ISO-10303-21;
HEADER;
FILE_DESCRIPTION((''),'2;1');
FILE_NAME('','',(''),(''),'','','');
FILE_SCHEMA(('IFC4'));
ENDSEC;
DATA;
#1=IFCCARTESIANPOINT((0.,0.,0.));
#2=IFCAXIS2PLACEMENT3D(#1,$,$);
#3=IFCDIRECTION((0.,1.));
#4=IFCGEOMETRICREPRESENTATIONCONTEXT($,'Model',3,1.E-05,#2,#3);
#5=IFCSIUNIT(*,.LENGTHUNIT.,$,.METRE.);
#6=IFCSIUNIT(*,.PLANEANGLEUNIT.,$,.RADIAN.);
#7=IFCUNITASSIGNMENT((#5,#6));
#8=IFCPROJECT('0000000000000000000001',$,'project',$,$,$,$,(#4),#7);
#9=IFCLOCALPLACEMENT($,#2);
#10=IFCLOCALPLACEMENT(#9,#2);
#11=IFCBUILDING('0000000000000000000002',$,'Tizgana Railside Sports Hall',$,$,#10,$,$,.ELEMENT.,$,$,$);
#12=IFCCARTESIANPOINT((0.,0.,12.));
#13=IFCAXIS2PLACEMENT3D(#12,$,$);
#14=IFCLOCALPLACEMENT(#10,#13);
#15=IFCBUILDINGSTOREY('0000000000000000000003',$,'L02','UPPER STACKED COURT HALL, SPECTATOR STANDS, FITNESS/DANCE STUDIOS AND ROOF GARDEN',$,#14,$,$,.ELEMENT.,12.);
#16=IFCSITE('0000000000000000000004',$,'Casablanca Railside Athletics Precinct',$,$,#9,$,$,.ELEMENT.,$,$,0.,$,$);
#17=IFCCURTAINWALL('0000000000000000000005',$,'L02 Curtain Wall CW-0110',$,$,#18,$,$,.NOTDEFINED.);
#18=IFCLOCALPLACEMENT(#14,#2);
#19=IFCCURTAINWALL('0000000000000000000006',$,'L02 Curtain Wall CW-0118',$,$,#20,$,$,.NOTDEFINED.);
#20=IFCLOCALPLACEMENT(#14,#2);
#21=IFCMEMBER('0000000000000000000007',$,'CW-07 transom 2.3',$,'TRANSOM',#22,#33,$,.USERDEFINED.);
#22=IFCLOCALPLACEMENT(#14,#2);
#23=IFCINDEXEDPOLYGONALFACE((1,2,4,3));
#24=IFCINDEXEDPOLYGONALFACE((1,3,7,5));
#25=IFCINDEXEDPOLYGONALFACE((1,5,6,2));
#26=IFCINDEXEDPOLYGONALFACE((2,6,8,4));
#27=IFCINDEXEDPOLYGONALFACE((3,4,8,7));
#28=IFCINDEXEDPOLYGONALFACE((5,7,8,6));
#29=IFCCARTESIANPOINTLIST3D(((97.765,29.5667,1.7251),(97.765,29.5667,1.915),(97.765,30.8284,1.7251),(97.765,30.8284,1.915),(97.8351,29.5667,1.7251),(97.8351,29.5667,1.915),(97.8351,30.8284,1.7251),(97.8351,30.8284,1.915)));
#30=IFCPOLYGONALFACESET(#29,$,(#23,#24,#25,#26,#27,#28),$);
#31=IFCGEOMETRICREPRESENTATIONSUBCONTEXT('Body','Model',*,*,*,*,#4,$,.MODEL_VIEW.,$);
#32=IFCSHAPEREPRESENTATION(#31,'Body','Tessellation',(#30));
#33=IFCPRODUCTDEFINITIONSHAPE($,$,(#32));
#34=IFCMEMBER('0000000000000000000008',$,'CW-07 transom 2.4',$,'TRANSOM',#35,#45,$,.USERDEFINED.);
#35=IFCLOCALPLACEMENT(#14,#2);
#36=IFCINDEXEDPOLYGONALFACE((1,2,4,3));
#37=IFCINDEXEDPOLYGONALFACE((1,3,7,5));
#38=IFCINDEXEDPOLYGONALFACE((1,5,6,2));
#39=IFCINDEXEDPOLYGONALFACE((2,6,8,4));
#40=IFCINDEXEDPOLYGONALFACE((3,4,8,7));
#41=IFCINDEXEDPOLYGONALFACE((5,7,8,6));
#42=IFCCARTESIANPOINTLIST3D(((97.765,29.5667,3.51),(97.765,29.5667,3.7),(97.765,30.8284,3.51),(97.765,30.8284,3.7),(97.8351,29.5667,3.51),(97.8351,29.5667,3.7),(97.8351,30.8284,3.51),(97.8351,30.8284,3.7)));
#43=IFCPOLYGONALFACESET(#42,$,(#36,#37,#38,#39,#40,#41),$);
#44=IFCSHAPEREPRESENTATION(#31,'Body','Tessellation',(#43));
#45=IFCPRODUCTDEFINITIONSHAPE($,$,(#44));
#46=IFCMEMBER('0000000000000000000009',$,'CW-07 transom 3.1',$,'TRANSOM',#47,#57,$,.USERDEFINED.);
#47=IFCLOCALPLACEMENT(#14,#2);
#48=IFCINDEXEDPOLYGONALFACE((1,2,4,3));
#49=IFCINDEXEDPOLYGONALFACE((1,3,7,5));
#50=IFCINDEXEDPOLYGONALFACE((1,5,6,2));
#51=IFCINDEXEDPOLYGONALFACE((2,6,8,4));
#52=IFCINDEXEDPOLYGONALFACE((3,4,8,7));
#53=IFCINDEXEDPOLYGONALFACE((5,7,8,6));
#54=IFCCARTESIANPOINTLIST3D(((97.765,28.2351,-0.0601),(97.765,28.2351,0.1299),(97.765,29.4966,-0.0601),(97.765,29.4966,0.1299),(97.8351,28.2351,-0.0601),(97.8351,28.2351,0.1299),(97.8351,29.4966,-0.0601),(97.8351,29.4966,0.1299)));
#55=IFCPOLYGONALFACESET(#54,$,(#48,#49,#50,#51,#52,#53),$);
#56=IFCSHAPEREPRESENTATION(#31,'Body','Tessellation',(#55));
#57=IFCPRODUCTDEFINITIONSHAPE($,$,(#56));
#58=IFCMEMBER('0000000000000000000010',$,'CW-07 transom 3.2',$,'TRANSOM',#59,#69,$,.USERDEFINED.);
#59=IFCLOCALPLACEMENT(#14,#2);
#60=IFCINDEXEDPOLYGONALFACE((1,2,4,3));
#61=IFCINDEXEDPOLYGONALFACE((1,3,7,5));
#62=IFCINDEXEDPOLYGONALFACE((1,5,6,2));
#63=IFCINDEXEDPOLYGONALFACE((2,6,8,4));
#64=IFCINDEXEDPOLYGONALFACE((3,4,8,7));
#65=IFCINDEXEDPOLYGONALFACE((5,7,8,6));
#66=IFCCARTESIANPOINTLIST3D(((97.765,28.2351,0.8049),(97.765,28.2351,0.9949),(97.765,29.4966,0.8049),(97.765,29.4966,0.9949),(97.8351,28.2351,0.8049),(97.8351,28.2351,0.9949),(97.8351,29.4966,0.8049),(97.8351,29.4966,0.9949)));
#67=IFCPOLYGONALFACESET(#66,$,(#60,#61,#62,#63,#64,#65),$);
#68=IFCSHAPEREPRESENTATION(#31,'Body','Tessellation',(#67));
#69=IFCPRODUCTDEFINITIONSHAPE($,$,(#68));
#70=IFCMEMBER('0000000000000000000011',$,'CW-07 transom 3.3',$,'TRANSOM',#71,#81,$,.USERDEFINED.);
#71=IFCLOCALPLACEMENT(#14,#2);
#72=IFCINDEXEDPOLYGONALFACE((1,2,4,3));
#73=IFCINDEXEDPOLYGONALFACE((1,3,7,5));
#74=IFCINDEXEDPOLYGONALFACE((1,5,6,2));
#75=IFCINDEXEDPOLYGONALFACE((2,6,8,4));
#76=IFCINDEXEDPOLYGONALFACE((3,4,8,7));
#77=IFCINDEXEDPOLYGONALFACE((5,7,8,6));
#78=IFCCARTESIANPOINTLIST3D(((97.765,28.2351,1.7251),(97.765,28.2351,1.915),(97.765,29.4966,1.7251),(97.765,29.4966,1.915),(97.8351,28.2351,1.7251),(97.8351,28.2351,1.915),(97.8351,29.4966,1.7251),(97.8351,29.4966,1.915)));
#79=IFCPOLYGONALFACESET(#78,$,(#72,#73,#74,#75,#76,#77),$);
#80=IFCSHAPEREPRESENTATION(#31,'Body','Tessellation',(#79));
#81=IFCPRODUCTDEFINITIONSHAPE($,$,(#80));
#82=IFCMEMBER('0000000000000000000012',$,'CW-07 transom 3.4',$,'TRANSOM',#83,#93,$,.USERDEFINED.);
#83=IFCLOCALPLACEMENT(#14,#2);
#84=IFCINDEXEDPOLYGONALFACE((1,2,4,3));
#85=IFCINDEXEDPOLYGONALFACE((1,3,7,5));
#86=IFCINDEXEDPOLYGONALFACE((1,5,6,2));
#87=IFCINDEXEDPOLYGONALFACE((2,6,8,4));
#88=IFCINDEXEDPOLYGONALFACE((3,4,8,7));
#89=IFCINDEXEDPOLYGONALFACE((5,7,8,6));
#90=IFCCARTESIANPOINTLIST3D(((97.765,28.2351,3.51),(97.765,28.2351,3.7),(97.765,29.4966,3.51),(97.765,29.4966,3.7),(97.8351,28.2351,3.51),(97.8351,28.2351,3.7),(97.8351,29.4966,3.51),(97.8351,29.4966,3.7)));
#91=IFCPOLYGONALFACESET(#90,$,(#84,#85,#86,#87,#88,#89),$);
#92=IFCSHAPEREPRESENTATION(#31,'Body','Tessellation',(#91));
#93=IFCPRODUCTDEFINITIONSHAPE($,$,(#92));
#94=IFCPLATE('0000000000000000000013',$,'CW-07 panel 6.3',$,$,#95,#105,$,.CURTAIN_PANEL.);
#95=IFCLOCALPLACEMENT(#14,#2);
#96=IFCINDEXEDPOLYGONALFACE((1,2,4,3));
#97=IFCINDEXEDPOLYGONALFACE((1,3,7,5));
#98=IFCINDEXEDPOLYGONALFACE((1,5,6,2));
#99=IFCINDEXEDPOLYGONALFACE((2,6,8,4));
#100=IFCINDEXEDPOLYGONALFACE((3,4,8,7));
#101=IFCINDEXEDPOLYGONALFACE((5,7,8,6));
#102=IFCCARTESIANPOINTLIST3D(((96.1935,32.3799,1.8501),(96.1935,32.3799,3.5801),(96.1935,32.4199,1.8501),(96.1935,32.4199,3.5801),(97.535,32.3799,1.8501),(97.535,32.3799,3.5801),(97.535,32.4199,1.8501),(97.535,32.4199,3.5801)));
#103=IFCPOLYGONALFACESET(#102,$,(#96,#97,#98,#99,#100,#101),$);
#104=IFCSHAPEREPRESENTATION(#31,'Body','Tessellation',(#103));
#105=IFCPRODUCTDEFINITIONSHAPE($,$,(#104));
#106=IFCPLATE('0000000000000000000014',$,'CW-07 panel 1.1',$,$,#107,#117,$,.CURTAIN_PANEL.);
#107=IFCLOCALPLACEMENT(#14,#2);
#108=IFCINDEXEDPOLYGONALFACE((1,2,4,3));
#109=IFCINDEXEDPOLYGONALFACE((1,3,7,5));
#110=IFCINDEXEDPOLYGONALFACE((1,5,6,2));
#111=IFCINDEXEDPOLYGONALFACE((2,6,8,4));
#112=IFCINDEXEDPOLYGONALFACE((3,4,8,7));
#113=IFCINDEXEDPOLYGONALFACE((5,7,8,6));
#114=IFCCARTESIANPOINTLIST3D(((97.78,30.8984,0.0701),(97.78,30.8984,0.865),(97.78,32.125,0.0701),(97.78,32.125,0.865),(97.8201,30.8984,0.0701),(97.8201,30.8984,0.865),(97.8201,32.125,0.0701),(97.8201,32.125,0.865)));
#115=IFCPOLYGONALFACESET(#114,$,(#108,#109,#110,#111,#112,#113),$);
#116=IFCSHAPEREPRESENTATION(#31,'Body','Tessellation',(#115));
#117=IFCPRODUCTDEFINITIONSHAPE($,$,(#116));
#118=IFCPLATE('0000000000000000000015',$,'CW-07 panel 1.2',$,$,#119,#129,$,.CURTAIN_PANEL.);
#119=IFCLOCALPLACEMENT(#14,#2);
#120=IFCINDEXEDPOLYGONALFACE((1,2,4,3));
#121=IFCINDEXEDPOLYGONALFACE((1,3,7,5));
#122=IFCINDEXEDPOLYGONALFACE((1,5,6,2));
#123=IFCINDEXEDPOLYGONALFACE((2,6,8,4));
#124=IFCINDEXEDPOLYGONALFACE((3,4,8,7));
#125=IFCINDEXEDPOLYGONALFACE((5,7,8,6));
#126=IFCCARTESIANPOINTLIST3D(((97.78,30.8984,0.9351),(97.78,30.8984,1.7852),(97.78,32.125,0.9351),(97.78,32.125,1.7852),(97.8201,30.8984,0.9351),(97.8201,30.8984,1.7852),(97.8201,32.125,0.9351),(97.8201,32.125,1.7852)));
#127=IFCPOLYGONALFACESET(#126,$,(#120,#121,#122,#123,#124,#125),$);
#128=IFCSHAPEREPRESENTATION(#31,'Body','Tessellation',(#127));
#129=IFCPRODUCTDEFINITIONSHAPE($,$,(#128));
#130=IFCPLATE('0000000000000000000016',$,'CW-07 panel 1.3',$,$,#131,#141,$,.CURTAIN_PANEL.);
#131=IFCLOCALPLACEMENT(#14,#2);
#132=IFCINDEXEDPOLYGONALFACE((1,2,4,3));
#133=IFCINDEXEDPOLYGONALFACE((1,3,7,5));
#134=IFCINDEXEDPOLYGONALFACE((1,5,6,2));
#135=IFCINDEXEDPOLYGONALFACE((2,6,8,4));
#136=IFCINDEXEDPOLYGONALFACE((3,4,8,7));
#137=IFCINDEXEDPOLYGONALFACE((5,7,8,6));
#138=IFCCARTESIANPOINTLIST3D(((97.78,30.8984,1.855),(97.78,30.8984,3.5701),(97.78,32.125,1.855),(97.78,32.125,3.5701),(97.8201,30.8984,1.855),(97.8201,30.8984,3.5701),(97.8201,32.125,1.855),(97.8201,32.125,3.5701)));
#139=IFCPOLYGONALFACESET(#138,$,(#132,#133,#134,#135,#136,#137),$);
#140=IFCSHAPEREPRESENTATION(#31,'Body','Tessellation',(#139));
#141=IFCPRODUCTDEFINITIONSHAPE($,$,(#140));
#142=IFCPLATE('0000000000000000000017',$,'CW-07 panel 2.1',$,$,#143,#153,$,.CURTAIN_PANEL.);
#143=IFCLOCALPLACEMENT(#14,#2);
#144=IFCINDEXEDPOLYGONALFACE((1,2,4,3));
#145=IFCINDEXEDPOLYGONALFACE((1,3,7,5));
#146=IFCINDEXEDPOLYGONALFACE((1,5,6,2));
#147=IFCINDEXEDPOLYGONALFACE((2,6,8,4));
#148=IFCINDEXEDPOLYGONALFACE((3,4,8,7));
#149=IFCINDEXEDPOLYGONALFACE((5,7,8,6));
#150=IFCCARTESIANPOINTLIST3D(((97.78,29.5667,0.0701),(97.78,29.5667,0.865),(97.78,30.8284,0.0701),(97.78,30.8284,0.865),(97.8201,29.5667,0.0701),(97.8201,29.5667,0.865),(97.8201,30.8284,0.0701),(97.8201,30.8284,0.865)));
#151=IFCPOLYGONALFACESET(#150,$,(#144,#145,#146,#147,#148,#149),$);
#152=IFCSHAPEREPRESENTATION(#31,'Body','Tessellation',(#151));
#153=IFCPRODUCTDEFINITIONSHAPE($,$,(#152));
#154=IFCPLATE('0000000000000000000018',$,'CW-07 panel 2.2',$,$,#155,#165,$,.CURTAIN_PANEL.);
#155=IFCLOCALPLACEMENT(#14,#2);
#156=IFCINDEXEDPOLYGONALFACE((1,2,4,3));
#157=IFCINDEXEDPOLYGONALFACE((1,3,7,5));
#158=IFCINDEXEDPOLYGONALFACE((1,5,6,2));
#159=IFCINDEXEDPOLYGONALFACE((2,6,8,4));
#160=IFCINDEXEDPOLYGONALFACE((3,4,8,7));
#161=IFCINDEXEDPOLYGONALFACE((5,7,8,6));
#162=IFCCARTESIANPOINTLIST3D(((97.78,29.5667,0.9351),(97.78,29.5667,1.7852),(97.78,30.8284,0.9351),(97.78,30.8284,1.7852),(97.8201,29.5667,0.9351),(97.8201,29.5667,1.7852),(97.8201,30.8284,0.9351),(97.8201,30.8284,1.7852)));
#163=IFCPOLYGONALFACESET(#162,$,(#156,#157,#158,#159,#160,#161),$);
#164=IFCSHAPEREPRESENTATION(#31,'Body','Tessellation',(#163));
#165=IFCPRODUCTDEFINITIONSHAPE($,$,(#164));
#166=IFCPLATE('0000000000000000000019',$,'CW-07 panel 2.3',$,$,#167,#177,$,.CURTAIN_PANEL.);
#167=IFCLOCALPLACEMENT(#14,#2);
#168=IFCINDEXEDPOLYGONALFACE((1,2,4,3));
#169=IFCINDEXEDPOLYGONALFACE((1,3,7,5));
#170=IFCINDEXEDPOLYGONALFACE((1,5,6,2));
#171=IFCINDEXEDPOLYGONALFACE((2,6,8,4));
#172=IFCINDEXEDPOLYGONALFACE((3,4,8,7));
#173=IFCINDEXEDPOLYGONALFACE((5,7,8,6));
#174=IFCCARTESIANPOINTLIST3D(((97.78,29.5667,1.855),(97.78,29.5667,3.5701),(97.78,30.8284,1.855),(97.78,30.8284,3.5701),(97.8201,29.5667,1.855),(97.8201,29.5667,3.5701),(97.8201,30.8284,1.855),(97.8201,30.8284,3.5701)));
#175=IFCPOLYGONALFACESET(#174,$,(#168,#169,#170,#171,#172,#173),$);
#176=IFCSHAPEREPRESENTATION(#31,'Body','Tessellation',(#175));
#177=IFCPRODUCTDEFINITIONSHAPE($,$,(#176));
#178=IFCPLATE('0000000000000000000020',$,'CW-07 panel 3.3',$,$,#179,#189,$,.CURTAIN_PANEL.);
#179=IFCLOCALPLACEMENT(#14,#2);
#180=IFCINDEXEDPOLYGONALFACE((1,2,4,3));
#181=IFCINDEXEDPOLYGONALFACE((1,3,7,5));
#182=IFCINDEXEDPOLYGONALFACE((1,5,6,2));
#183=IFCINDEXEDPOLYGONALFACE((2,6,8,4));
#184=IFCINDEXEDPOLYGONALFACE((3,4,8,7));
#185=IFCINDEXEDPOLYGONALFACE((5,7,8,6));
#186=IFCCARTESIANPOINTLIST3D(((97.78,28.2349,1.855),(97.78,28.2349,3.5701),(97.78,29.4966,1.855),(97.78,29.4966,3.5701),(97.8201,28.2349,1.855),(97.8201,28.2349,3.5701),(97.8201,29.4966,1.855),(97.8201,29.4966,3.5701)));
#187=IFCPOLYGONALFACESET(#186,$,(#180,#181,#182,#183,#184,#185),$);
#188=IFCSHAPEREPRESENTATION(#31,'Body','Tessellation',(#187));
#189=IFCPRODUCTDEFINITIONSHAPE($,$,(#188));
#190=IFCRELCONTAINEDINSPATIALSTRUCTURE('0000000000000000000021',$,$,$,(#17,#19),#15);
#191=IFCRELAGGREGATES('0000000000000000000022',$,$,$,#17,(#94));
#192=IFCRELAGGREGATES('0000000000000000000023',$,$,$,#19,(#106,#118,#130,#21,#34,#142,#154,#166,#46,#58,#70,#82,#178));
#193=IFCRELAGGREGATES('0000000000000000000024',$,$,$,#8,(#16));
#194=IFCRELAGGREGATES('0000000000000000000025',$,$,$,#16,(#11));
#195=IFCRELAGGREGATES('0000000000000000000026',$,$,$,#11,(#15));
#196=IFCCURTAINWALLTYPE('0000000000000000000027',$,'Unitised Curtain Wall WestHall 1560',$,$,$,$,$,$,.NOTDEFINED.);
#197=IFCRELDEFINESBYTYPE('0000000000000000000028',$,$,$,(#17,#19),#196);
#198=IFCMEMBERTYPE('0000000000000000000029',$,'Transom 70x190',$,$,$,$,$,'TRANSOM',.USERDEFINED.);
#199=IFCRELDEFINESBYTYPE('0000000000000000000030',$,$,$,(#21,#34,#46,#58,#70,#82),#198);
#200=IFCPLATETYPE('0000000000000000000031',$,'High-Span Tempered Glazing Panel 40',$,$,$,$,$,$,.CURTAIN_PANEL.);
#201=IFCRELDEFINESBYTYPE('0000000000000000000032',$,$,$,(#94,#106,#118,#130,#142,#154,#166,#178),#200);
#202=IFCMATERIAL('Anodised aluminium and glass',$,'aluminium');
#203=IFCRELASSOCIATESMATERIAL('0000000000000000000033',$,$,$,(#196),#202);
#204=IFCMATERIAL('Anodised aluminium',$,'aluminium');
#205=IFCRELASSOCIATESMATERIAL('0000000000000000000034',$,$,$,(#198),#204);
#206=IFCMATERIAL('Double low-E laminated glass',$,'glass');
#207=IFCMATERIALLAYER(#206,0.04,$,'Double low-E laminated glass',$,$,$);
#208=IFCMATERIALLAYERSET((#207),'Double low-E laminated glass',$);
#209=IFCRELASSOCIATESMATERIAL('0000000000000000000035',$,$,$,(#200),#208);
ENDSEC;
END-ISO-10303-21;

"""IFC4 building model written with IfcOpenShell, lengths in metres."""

from ifc_helpers import new_model, si_unit, direction, frame, origin, origin_2d, place, context, subcontext, project, spatial, rectangle, extrude, material, layer, layer_set, material_profile, profile_set, type_object, element, aggregate, save


model = new_model("IFC4")

# Units and contexts
model_context = context("Model", 3, precision=1e-05, world=origin(), true_north=direction((0.0, 1.0)))
body_context = subcontext(model_context, "Body", "Model", "MODEL_VIEW")
ifc_project = project(units=[si_unit("LENGTHUNIT", "METRE"), si_unit("PLANEANGLEUNIT", "RADIAN")], contexts=[model_context])

# Site, building, storey
site_placement = place(None, origin())
site = spatial("IfcSite", under=ifc_project, at=site_placement, Name="Casablanca Railside Athletics Precinct", CompositionType="ELEMENT", RefElevation=0.0)
building_placement = place(site_placement, origin())
building = spatial("IfcBuilding", under=site, at=building_placement, Name="Tizgana Railside Sports Hall", CompositionType="ELEMENT")
storey_placement = place(building_placement, frame((0.0, 0.0, 12.0)))
storey = spatial("IfcBuildingStorey", under=building, at=storey_placement, Name="L02", Description="UPPER STACKED COURT HALL, SPECTATOR STANDS, FITNESS/DANCE STUDIOS AND ROOF GARDEN", CompositionType="ELEMENT", Elevation=12.0)

# Curtain wall
ifc_material_1 = material(Name="Anodised aluminium and glass", Category="aluminium")
curtain_wall_type = type_object("IfcCurtainWallType", Name="Unitised Curtain Wall WestHall 1560", PredefinedType="NOTDEFINED", material=ifc_material_1)
curtain_wall_1_placement = place(storey_placement, origin())
curtain_wall_1 = element("IfcCurtainWall", 1, at=curtain_wall_1_placement, inside=storey, type_object=curtain_wall_type, Name="L02 Curtain Wall CW-0110", PredefinedType="NOTDEFINED")
ifc_material_2 = material(Name="Anodised aluminium", Category="aluminium")

# Curtain wall, members
curtain_wall_2_placement = place(storey_placement, origin())
curtain_wall_2 = element("IfcCurtainWall", 2, at=curtain_wall_2_placement, inside=storey, type_object=curtain_wall_type, Name="L02 Curtain Wall CW-0118", PredefinedType="NOTDEFINED")
ifc_material_profile_1 = material_profile(ifc_material_2, rectangle(XDim=0.0701, YDim=0.1899, at=origin_2d()), Name="Transom 70x190")
ifc_profile_set_1 = profile_set([ifc_material_profile_1], Name="Anodised aluminium")
member_type_1 = type_object("IfcMemberType", Name="Transom 70x190", ElementType="TRANSOM", PredefinedType="USERDEFINED", material=ifc_profile_set_1)
member_1_placement = place(storey_placement, frame((97.8, 30.8284, 1.8201), z_axis=(0.0, -1.0, 0.0), x_axis=(1.0, 0.0, 0.0)))
member_1 = element("IfcMember", 3, at=member_1_placement, type_object=member_type_1, Name="CW-07 transom 2.3", ObjectType="TRANSOM", PredefinedType="USERDEFINED", context=body_context, shape_type="SweptSolid", body=[
    extrude(rectangle(XDim=0.0701, YDim=0.1899, at=origin_2d()), origin(), (0.0, 0.0, 1.0), 1.2617),
])
member_2_placement = place(storey_placement, frame((97.8, 30.8284, 3.605), z_axis=(0.0, -1.0, 0.0), x_axis=(1.0, 0.0, 0.0)))
member_2 = element("IfcMember", 4, at=member_2_placement, type_object=member_type_1, Name="CW-07 transom 2.4", ObjectType="TRANSOM", PredefinedType="USERDEFINED", context=body_context, shape_type="SweptSolid", body=[
    extrude(rectangle(XDim=0.0701, YDim=0.1899, at=origin_2d()), origin(), (0.0, 0.0, 1.0), 1.2617),
])
member_3_placement = place(storey_placement, frame((97.8, 29.4966, 0.0349), z_axis=(0.0, -1.0, 0.0), x_axis=(1.0, 0.0, 0.0)))
member_3 = element("IfcMember", 5, at=member_3_placement, type_object=member_type_1, Name="CW-07 transom 3.1", ObjectType="TRANSOM", PredefinedType="USERDEFINED", context=body_context, shape_type="SweptSolid", body=[
    extrude(rectangle(XDim=0.0701, YDim=0.1899, at=origin_2d()), origin(), (0.0, 0.0, 1.0), 1.2615),
])
member_4_placement = place(storey_placement, frame((97.8, 29.4966, 0.8999), z_axis=(0.0, -1.0, 0.0), x_axis=(1.0, 0.0, 0.0)))
member_4 = element("IfcMember", 6, at=member_4_placement, type_object=member_type_1, Name="CW-07 transom 3.2", ObjectType="TRANSOM", PredefinedType="USERDEFINED", context=body_context, shape_type="SweptSolid", body=[
    extrude(rectangle(XDim=0.0701, YDim=0.1899, at=origin_2d()), origin(), (0.0, 0.0, 1.0), 1.2615),
])
member_5_placement = place(storey_placement, frame((97.8, 29.4966, 1.8201), z_axis=(0.0, -1.0, 0.0), x_axis=(1.0, 0.0, 0.0)))
member_5 = element("IfcMember", 7, at=member_5_placement, type_object=member_type_1, Name="CW-07 transom 3.3", ObjectType="TRANSOM", PredefinedType="USERDEFINED", context=body_context, shape_type="SweptSolid", body=[
    extrude(rectangle(XDim=0.0701, YDim=0.1899, at=origin_2d()), origin(), (0.0, 0.0, 1.0), 1.2615),
])
member_6_placement = place(storey_placement, frame((97.8, 29.4966, 3.605), z_axis=(0.0, -1.0, 0.0), x_axis=(1.0, 0.0, 0.0)))
member_6 = element("IfcMember", 8, at=member_6_placement, type_object=member_type_1, Name="CW-07 transom 3.4", ObjectType="TRANSOM", PredefinedType="USERDEFINED", context=body_context, shape_type="SweptSolid", body=[
    extrude(rectangle(XDim=0.0701, YDim=0.1899, at=origin_2d()), origin(), (0.0, 0.0, 1.0), 1.2615),
])

# Plates
ifc_material_3 = material(Name="Double low-E laminated glass", Category="glass")
ifc_layer_1 = layer(ifc_material_3, 0.04, Name="Double low-E laminated glass")
ifc_layer_set_1 = layer_set([ifc_layer_1], Name="Double low-E laminated glass")
plate_type = type_object("IfcPlateType", Name="High-Span Tempered Glazing Panel 40", PredefinedType="CURTAIN_PANEL", material=ifc_layer_set_1)
plate_1_placement = place(storey_placement, frame((96.8643, 32.3999, 1.8501), z_axis=(0.0, 0.0, 1.0), x_axis=(1.0, 0.0, 0.0)))
plate_1 = element("IfcPlate", 9, at=plate_1_placement, type_object=plate_type, Name="CW-07 panel 6.3", PredefinedType="CURTAIN_PANEL", context=body_context, shape_type="SweptSolid", body=[
    extrude(rectangle(XDim=1.3416, YDim=0.04, at=origin_2d()), origin(), (0.0, 0.0, 1.0), 1.73),
])
aggregate(curtain_wall_1, [plate_1])
plate_2_placement = place(storey_placement, frame((97.8, 31.5117, 0.0701), z_axis=(0.0, 0.0, 1.0), x_axis=(0.0, -1.0, 0.0)))
plate_2 = element("IfcPlate", 10, at=plate_2_placement, type_object=plate_type, Name="CW-07 panel 1.1", PredefinedType="CURTAIN_PANEL", context=body_context, shape_type="SweptSolid", body=[
    extrude(rectangle(XDim=1.2266, YDim=0.04, at=origin_2d()), origin(), (0.0, 0.0, 1.0), 0.7949),
])
plate_3_placement = place(storey_placement, frame((97.8, 31.5117, 0.9351), z_axis=(0.0, 0.0, 1.0), x_axis=(0.0, -1.0, 0.0)))
plate_3 = element("IfcPlate", 11, at=plate_3_placement, type_object=plate_type, Name="CW-07 panel 1.2", PredefinedType="CURTAIN_PANEL", context=body_context, shape_type="SweptSolid", body=[
    extrude(rectangle(XDim=1.2266, YDim=0.04, at=origin_2d()), origin(), (0.0, 0.0, 1.0), 0.8501),
])
plate_4_placement = place(storey_placement, frame((97.8, 31.5117, 1.855), z_axis=(0.0, 0.0, 1.0), x_axis=(0.0, -1.0, 0.0)))
plate_4 = element("IfcPlate", 12, at=plate_4_placement, type_object=plate_type, Name="CW-07 panel 1.3", PredefinedType="CURTAIN_PANEL", context=body_context, shape_type="SweptSolid", body=[
    extrude(rectangle(XDim=1.2266, YDim=0.04, at=origin_2d()), origin(), (0.0, 0.0, 1.0), 1.7151),
])
plate_5_placement = place(storey_placement, frame((97.8, 30.1975, 0.0701), z_axis=(0.0, 0.0, 1.0), x_axis=(0.0, -1.0, 0.0)))
plate_5 = element("IfcPlate", 13, at=plate_5_placement, type_object=plate_type, Name="CW-07 panel 2.1", PredefinedType="CURTAIN_PANEL", context=body_context, shape_type="SweptSolid", body=[
    extrude(rectangle(XDim=1.2617, YDim=0.04, at=origin_2d()), origin(), (0.0, 0.0, 1.0), 0.7949),
])
plate_6_placement = place(storey_placement, frame((97.8, 30.1975, 0.9351), z_axis=(0.0, 0.0, 1.0), x_axis=(0.0, -1.0, 0.0)))
plate_6 = element("IfcPlate", 14, at=plate_6_placement, type_object=plate_type, Name="CW-07 panel 2.2", PredefinedType="CURTAIN_PANEL", context=body_context, shape_type="SweptSolid", body=[
    extrude(rectangle(XDim=1.2617, YDim=0.04, at=origin_2d()), origin(), (0.0, 0.0, 1.0), 0.8501),
])
plate_7_placement = place(storey_placement, frame((97.8, 30.1975, 1.855), z_axis=(0.0, 0.0, 1.0), x_axis=(0.0, -1.0, 0.0)))
plate_7 = element("IfcPlate", 15, at=plate_7_placement, type_object=plate_type, Name="CW-07 panel 2.3", PredefinedType="CURTAIN_PANEL", context=body_context, shape_type="SweptSolid", body=[
    extrude(rectangle(XDim=1.2617, YDim=0.04, at=origin_2d()), origin(), (0.0, 0.0, 1.0), 1.7151),
])
plate_8_placement = place(storey_placement, frame((97.8, 28.8657, 1.855), z_axis=(0.0, 0.0, 1.0), x_axis=(0.0, -1.0, 0.0)))
plate_8 = element("IfcPlate", 16, at=plate_8_placement, type_object=plate_type, Name="CW-07 panel 3.3", PredefinedType="CURTAIN_PANEL", context=body_context, shape_type="SweptSolid", body=[
    extrude(rectangle(XDim=1.2617, YDim=0.04, at=origin_2d()), origin(), (0.0, 0.0, 1.0), 1.7151),
])
aggregate(curtain_wall_2, [plate_2, plate_3, plate_4, member_1, member_2, plate_5, plate_6, plate_7, member_3, member_4, member_5, member_6, plate_8])

save(model, "model.ifc")
